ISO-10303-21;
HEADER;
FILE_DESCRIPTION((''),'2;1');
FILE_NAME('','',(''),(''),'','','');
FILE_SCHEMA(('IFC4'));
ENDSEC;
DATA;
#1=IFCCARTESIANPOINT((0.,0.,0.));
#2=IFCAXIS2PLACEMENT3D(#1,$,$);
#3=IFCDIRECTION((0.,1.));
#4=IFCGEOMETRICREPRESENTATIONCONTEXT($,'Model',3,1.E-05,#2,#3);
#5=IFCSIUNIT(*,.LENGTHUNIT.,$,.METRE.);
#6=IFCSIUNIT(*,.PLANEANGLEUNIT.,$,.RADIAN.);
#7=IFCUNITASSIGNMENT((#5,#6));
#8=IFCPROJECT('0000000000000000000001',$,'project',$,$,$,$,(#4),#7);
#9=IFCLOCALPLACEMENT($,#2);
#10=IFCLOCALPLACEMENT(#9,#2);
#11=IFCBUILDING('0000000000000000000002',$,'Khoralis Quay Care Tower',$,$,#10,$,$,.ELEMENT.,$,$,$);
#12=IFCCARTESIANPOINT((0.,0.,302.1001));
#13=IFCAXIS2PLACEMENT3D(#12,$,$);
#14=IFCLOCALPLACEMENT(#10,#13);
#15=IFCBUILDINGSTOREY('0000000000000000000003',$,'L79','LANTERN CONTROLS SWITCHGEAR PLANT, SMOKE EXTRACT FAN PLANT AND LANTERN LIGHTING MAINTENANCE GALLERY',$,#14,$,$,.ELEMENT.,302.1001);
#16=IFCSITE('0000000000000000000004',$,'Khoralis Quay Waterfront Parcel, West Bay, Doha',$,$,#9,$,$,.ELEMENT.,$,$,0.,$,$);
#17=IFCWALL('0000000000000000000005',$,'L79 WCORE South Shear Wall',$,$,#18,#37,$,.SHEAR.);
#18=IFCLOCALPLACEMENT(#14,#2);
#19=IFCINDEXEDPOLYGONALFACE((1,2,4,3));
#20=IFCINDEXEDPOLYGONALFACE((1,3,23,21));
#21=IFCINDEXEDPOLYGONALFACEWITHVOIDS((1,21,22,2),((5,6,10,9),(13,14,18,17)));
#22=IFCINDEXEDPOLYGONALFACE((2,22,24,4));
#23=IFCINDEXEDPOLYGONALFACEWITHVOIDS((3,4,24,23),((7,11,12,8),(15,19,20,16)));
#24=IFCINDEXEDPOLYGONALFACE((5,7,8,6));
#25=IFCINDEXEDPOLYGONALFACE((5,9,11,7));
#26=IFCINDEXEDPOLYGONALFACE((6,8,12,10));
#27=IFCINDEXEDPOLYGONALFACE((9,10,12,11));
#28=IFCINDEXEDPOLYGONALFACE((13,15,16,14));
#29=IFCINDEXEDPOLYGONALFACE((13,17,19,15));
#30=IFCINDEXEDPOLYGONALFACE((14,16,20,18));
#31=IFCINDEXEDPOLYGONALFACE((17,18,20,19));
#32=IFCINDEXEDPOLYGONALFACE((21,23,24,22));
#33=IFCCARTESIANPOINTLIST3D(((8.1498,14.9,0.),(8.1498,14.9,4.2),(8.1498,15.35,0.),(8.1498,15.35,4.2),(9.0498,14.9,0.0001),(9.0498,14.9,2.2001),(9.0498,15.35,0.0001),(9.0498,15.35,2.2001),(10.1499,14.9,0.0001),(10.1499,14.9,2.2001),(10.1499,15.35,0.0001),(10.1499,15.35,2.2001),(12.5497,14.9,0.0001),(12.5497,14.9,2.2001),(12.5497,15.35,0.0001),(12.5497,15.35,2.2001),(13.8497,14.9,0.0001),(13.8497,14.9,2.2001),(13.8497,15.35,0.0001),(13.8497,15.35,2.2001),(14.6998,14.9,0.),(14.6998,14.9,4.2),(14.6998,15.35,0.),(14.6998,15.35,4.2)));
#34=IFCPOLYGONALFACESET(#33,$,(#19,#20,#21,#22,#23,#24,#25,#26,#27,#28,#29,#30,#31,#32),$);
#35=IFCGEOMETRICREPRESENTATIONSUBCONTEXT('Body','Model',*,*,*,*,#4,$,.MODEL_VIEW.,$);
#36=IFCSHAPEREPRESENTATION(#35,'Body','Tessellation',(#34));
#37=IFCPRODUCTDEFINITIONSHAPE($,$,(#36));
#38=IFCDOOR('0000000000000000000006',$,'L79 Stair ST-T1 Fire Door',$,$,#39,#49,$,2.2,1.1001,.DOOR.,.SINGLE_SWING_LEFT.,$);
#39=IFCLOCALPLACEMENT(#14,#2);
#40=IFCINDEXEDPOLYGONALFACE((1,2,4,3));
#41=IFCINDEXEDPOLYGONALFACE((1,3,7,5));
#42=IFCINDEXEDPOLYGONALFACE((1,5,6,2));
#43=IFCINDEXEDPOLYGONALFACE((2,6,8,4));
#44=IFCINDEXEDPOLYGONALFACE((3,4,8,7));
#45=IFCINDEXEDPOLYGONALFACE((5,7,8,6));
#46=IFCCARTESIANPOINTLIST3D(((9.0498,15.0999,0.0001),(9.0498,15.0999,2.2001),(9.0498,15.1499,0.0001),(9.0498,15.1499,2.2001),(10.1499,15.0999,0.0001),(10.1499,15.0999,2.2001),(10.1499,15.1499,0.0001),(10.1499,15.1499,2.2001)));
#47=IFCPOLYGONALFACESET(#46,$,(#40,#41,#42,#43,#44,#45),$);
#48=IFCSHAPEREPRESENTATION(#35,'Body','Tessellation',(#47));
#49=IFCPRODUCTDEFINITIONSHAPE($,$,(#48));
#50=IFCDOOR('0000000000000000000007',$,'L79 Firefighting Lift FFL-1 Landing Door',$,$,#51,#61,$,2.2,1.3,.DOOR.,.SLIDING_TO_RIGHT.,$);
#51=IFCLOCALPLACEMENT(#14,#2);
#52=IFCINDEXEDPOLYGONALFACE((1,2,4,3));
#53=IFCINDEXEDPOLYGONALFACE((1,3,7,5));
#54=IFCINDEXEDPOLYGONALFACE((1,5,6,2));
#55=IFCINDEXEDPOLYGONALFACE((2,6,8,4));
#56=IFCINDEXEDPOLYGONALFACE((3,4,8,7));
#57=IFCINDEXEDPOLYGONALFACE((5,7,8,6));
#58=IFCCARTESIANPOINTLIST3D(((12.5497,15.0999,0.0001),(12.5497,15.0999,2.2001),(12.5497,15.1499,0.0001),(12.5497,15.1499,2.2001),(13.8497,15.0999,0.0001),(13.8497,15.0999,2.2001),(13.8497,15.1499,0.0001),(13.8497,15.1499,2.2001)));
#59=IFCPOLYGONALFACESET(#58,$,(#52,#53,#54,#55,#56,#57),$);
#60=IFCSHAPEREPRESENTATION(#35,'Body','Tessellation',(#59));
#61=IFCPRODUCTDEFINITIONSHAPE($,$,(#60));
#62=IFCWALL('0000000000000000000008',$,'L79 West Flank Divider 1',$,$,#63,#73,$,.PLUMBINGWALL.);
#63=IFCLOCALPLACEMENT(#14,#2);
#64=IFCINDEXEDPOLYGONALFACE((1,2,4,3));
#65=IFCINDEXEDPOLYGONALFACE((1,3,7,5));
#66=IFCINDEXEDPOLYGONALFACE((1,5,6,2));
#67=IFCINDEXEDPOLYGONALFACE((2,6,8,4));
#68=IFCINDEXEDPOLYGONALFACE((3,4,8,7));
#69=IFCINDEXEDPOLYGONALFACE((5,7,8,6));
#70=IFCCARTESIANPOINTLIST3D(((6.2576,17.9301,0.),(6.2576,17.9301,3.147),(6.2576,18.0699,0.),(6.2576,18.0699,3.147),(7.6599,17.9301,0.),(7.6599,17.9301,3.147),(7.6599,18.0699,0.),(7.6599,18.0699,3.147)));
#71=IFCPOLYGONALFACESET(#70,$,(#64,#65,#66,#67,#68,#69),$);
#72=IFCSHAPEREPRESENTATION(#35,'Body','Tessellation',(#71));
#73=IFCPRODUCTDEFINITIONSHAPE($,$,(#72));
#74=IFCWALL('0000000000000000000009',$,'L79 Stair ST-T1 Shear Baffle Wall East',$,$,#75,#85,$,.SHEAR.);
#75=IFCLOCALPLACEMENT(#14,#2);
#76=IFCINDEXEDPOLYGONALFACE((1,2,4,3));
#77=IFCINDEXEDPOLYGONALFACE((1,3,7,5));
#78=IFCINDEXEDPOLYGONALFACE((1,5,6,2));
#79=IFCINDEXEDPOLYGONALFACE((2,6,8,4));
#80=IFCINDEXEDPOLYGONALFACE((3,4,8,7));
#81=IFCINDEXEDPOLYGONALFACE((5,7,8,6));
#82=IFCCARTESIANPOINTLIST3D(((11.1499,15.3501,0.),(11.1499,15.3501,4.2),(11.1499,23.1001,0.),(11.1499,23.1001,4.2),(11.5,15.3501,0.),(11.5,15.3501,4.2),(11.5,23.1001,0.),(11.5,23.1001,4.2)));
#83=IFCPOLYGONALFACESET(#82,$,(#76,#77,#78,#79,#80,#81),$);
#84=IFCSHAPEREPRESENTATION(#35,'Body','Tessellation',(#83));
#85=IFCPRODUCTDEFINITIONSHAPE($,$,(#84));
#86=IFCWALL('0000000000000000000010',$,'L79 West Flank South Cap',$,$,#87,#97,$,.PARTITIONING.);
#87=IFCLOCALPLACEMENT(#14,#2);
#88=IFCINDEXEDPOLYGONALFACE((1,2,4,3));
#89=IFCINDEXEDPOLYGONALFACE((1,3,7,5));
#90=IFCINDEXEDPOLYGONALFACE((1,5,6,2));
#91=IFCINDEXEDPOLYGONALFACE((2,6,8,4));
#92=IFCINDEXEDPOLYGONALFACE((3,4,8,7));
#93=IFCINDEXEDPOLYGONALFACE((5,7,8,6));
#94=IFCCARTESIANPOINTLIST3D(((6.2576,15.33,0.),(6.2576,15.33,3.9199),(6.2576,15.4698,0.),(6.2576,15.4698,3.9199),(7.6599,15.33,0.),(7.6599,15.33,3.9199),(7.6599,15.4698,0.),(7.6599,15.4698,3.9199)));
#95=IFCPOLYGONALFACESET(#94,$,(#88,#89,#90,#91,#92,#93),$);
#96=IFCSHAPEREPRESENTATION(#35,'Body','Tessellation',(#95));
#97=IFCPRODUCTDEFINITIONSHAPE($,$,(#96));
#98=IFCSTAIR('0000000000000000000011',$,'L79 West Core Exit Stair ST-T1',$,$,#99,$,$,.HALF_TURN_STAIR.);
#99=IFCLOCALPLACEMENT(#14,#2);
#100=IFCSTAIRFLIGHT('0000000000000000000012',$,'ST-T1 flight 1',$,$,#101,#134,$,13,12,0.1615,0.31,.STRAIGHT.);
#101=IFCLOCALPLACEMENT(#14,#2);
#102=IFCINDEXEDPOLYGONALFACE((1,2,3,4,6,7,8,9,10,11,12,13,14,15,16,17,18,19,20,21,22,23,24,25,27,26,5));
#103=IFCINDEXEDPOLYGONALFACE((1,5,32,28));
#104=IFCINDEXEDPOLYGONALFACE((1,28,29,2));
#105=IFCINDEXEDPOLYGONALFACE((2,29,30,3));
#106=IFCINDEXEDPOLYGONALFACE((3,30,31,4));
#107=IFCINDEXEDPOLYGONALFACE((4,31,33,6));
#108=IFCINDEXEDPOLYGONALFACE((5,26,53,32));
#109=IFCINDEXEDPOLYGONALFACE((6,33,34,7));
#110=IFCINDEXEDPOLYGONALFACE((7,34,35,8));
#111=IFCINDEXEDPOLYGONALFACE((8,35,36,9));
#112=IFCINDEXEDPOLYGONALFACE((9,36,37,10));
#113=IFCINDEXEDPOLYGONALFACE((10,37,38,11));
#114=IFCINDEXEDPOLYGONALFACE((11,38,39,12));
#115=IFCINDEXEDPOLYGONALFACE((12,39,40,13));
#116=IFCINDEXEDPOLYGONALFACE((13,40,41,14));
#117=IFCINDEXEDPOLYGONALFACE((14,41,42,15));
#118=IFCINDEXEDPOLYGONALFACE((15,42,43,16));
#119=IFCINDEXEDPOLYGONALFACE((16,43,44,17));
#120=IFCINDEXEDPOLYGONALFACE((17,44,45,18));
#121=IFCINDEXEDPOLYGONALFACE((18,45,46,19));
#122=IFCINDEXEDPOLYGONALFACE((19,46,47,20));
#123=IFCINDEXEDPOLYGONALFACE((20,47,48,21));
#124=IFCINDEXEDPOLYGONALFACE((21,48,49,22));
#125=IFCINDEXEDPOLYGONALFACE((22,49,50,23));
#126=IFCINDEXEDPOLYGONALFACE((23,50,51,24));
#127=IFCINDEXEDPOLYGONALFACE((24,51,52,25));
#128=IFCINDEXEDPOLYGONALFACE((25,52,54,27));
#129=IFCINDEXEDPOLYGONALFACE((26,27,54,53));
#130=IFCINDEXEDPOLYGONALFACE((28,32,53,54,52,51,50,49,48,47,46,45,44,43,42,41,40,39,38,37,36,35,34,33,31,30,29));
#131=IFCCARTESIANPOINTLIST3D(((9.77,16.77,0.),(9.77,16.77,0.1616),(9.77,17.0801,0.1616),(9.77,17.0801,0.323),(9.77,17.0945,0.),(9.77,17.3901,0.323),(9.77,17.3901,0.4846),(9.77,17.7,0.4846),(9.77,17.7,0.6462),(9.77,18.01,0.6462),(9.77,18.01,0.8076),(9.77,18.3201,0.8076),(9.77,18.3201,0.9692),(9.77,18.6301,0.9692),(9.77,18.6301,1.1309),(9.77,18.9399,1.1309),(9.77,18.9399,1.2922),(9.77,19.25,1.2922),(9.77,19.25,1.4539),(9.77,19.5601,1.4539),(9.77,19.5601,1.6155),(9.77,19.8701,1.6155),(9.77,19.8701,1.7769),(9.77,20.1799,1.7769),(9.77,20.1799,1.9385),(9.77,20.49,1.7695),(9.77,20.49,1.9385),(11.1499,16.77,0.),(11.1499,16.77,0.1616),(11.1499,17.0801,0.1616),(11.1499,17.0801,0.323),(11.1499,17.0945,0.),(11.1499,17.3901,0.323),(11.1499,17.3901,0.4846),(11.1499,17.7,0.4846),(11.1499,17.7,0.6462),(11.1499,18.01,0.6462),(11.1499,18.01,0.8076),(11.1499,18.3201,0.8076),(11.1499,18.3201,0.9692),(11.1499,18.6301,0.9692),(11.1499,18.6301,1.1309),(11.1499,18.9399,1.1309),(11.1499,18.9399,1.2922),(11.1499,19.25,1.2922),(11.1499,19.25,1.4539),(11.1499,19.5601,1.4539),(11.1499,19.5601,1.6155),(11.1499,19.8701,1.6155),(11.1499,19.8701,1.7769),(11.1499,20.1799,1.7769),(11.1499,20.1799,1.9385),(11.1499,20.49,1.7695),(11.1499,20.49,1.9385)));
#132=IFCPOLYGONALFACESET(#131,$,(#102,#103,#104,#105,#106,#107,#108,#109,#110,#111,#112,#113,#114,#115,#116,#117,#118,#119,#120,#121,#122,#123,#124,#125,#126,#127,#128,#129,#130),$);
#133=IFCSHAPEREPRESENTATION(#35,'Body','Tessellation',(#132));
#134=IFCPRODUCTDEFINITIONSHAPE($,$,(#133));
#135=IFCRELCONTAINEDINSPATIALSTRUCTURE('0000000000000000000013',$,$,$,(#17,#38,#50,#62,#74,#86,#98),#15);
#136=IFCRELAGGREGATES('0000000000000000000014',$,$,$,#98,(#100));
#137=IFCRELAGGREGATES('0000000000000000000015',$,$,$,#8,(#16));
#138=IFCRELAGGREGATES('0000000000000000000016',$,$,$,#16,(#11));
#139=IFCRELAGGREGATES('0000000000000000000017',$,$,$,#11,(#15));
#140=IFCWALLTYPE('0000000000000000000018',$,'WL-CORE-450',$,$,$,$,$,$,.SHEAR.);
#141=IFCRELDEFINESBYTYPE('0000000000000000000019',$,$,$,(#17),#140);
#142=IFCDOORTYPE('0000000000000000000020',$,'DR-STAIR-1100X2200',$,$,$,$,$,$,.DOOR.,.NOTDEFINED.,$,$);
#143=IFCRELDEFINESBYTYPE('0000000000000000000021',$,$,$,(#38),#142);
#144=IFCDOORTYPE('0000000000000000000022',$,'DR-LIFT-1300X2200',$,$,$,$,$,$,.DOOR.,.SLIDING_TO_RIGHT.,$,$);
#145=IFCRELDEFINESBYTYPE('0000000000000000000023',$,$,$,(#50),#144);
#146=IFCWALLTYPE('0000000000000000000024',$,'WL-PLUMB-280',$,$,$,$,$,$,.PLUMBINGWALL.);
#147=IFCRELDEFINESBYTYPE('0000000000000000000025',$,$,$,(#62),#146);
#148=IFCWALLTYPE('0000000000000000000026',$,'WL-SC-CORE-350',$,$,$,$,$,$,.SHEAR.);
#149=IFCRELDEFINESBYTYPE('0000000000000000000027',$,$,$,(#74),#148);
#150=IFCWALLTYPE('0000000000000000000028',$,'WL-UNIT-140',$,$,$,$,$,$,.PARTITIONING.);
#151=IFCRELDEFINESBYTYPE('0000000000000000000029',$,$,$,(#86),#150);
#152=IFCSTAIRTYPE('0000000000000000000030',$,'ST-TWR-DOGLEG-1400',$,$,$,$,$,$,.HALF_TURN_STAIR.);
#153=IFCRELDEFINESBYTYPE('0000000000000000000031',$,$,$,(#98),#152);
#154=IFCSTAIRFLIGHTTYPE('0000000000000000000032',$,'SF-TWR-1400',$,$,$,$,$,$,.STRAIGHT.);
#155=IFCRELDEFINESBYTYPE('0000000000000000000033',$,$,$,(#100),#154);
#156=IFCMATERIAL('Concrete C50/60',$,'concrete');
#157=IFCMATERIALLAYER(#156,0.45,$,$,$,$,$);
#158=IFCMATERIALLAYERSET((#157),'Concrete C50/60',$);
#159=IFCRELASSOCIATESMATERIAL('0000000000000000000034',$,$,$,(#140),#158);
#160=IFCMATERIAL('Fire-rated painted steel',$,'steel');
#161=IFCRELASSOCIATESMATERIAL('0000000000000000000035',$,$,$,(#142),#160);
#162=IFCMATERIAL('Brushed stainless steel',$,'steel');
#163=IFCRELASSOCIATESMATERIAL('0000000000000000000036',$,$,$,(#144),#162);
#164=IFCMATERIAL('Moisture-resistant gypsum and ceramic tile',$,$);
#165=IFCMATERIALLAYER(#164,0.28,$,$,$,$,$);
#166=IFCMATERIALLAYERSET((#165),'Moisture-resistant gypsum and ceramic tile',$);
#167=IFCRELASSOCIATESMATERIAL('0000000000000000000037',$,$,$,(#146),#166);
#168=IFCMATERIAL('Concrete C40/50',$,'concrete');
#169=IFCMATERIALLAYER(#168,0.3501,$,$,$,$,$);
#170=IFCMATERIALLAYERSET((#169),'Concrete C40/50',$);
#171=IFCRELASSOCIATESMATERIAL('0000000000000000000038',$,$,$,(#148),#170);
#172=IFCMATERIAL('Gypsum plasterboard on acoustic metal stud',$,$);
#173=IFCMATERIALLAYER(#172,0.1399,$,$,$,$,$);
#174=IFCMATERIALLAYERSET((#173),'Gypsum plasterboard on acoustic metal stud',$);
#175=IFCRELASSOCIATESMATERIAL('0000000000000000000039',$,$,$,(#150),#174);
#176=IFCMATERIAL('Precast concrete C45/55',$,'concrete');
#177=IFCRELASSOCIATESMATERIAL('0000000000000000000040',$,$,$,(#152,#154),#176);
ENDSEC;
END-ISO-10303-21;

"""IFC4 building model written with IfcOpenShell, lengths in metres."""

from ifc_helpers import new_model, si_unit, direction, frame, frame_2d, origin, place, context, subcontext, project, spatial, polyline, rectangle, outline, extrude, source, transform, mapped, material, layer, layer_set, type_object, element, fill, aggregate, save


model = new_model("IFC4")

# Units and contexts
model_context = context("Model", 3, precision=1e-05, world=origin(), true_north=direction((0.0, 1.0)))
body_context = subcontext(model_context, "Body", "Model", "MODEL_VIEW")
ifc_project = project(units=[si_unit("LENGTHUNIT", "METRE"), si_unit("PLANEANGLEUNIT", "RADIAN")], contexts=[model_context])

# Site, building, storey
site_placement = place(None, origin())
site = spatial("IfcSite", under=ifc_project, at=site_placement, Name="Khoralis Quay Waterfront Parcel, West Bay, Doha", CompositionType="ELEMENT", RefElevation=0.0)
building_placement = place(site_placement, origin())
building = spatial("IfcBuilding", under=site, at=building_placement, Name="Khoralis Quay Care Tower", CompositionType="ELEMENT")
storey_placement = place(building_placement, frame((0.0, 0.0, 302.1001)))
storey = spatial("IfcBuildingStorey", under=building, at=storey_placement, Name="L79", Description="LANTERN CONTROLS SWITCHGEAR PLANT, SMOKE EXTRACT FAN PLANT AND LANTERN LIGHTING MAINTENANCE GALLERY", CompositionType="ELEMENT", Elevation=302.1001)

# Shared definitions
ifc_material_1 = material(Name="Gypsum plasterboard on acoustic metal stud")
ifc_material_2 = material(Name="Fire-rated painted steel", Category="steel")

# Shared definitions
ifc_material_3 = material(Name="Concrete C50/60", Category="concrete")
ifc_layer_1 = layer(ifc_material_3, 0.45)
ifc_layer_set_1 = layer_set([ifc_layer_1], Name="Concrete C50/60")
wall_type_1 = type_object("IfcWallType", Name="WL-CORE-450", PredefinedType="SHEAR", material=ifc_layer_set_1)

# Wall, openings, doors
wall_1_placement = place(storey_placement, frame((8.1499, 15.125, 0.0), z_axis=(0.0, 0.0, 1.0), x_axis=(1.0, 0.0, 0.0)))
wall_1 = element("IfcWall", 1, at=wall_1_placement, inside=storey, type_object=wall_type_1, Name="L79 WCORE South Shear Wall", PredefinedType="SHEAR", context=body_context, shape_type="SweptSolid", body=[
    extrude(rectangle(XDim=6.55, YDim=0.45, at=frame_2d((3.2749, 0.0))), origin(), (0.0, 0.0, 1.0), 4.2),
])
opening_1_placement = place(wall_1_placement, frame((0.8999, 0.0, 0.0)))
opening_1 = element("IfcOpeningElement", 2, at=opening_1_placement, cuts=wall_1, PredefinedType="OPENING", context=body_context, shape_type="SweptSolid", body=[
    extrude(rectangle(XDim=1.1001, YDim=2.2, at=frame_2d((0.55, 1.1001))), frame((0.0, 0.2349, 0.0), z_axis=(0.0, -1.0, 0.0), x_axis=(1.0, 0.0, 0.0)), (0.0, 0.0, 1.0), 0.47),
])
opening_2_placement = place(wall_1_placement, frame((4.3999, 0.0, 0.0)))
opening_2 = element("IfcOpeningElement", 3, at=opening_2_placement, cuts=wall_1, PredefinedType="OPENING", context=body_context, shape_type="SweptSolid", body=[
    extrude(rectangle(XDim=1.3, YDim=2.2, at=frame_2d((0.6499, 1.1001))), frame((0.0, 0.2349, 0.0), z_axis=(0.0, -1.0, 0.0), x_axis=(1.0, 0.0, 0.0)), (0.0, 0.0, 1.0), 0.47),
])
door_type_1 = type_object("IfcDoorType", Name="DR-STAIR-1100X2200", OperationType="NOTDEFINED", PredefinedType="DOOR", material=ifc_material_2)
shared_shape_1 = source(origin(), body_context, "Body", "SweptSolid", [
    extrude(rectangle(XDim=1.1001, YDim=2.2, at=frame_2d((0.55, 1.1001))), frame((0.0, 0.0249, 0.0), z_axis=(0.0, -1.0, 0.0), x_axis=(1.0, 0.0, 0.0)), (0.0, 0.0, 1.0), 0.05),
])
door_1_placement = place(opening_1_placement, origin())
door_1 = element("IfcDoor", 4, at=door_1_placement, inside=storey, type_object=door_type_1, Name="L79 Stair ST-T1 Fire Door", OperationType="SINGLE_SWING_LEFT", OverallHeight=2.2, OverallWidth=1.1001, PredefinedType="DOOR", context=body_context, shape_type="MappedRepresentation", body=[
    mapped(shared_shape_1, transform((0.0, 0.0, 0.0), scale=1.0)),
])
fill(opening_1, door_1)
ifc_material_4 = material(Name="Brushed stainless steel", Category="steel")
door_type_2 = type_object("IfcDoorType", Name="DR-LIFT-1300X2200", OperationType="SLIDING_TO_RIGHT", PredefinedType="DOOR", material=ifc_material_4)
shared_shape_2 = source(origin(), body_context, "Body", "SweptSolid", [
    extrude(rectangle(XDim=1.3, YDim=2.2, at=frame_2d((0.6499, 1.1001))), frame((0.0, 0.0249, 0.0), z_axis=(0.0, -1.0, 0.0), x_axis=(1.0, 0.0, 0.0)), (0.0, 0.0, 1.0), 0.05),
])
door_2_placement = place(opening_2_placement, origin())
door_2 = element("IfcDoor", 5, at=door_2_placement, inside=storey, type_object=door_type_2, Name="L79 Firefighting Lift FFL-1 Landing Door", OperationType="SLIDING_TO_RIGHT", OverallHeight=2.2, OverallWidth=1.3, PredefinedType="DOOR", context=body_context, shape_type="MappedRepresentation", body=[
    mapped(shared_shape_2, transform((0.0, 0.0, 0.0), scale=1.0)),
])
fill(opening_2, door_2)

# Walls
ifc_material_5 = material(Name="Moisture-resistant gypsum and ceramic tile")
ifc_layer_2 = layer(ifc_material_5, 0.28)
ifc_layer_set_2 = layer_set([ifc_layer_2], Name="Moisture-resistant gypsum and ceramic tile")
wall_type_2 = type_object("IfcWallType", Name="WL-PLUMB-280", PredefinedType="PLUMBINGWALL", material=ifc_layer_set_2)
wall_2_placement = place(storey_placement, frame((6.2576, 18.0, 0.0), z_axis=(0.0, 0.0, 1.0), x_axis=(1.0, 0.0, 0.0)))
element("IfcWall", 6, at=wall_2_placement, inside=storey, type_object=wall_type_2, Name="L79 West Flank Divider 1", PredefinedType="PLUMBINGWALL", context=body_context, shape_type="SweptSolid", body=[
    extrude(rectangle(XDim=1.4023, YDim=0.1399, at=frame_2d((0.7012, 0.0))), origin(), (0.0, 0.0, 1.0), 3.147),
])
ifc_material_6 = material(Name="Concrete C40/50", Category="concrete")
ifc_layer_3 = layer(ifc_material_6, 0.3501)
ifc_layer_set_3 = layer_set([ifc_layer_3], Name="Concrete C40/50")
wall_type_3 = type_object("IfcWallType", Name="WL-SC-CORE-350", PredefinedType="SHEAR", material=ifc_layer_set_3)
wall_3_placement = place(storey_placement, frame((11.325, 15.3501, 0.0), z_axis=(0.0, 0.0, 1.0), x_axis=(0.0, 1.0, 0.0)))
element("IfcWall", 7, at=wall_3_placement, inside=storey, type_object=wall_type_3, Name="L79 Stair ST-T1 Shear Baffle Wall East", PredefinedType="SHEAR", context=body_context, shape_type="SweptSolid", body=[
    extrude(rectangle(XDim=7.75, YDim=0.3501, at=frame_2d((3.875, 0.0))), origin(), (0.0, 0.0, 1.0), 4.2),
])
ifc_layer_4 = layer(ifc_material_1, 0.1399)
ifc_layer_set_4 = layer_set([ifc_layer_4], Name="Gypsum plasterboard on acoustic metal stud")
wall_type_4 = type_object("IfcWallType", Name="WL-UNIT-140", PredefinedType="PARTITIONING", material=ifc_layer_set_4)
wall_4_placement = place(storey_placement, frame((6.2576, 15.3999, 0.0), z_axis=(0.0, 0.0, 1.0), x_axis=(1.0, 0.0, 0.0)))
element("IfcWall", 8, at=wall_4_placement, inside=storey, type_object=wall_type_4, Name="L79 West Flank South Cap", PredefinedType="PARTITIONING", context=body_context, shape_type="SweptSolid", body=[
    extrude(rectangle(XDim=1.4023, YDim=0.1399, at=frame_2d((0.7012, 0.0))), origin(), (0.0, 0.0, 1.0), 3.9199),
])

# Stair, stair flight
ifc_material_7 = material(Name="Precast concrete C45/55", Category="concrete")
stair_type = type_object("IfcStairType", Name="ST-TWR-DOGLEG-1400", PredefinedType="HALF_TURN_STAIR", material=ifc_material_7)
stair_placement = place(storey_placement, origin())
stair = element("IfcStair", 9, at=stair_placement, inside=storey, type_object=stair_type, Name="L79 West Core Exit Stair ST-T1", PredefinedType="HALF_TURN_STAIR")
stair_flight_type = type_object("IfcStairFlightType", Name="SF-TWR-1400", PredefinedType="STRAIGHT", material=ifc_material_7)
shared_shape_3 = source(origin(), body_context, "Body", "SweptSolid", [
    extrude(outline(polyline([(0.0, 0.0), (0.0, 0.1616), (0.3101, 0.1616), (0.3101, 0.323), (0.6201, 0.323), (0.6201, 0.4846), (0.9299, 0.4846), (0.9299, 0.6462), (1.24, 0.6462), (1.24, 0.8076), (1.55, 0.8076), (1.55, 0.9692), (1.8601, 0.9692), (1.8601, 1.1309), (2.1699, 1.1309), (2.1699, 1.2922), (2.48, 1.2922), (2.48, 1.4539), (2.79, 1.4539), (2.79, 1.6155), (3.1001, 1.6155), (3.1001, 1.7769), (3.4099, 1.7769), (3.4099, 1.9385), (3.72, 1.9385), (3.72, 2.1001), (3.72, 1.7695), (0.3245, 0.0), (0.0, 0.0)])), frame((0.0, 0.6899, 0.0), z_axis=(0.0, -1.0, 0.0), x_axis=(1.0, 0.0, 0.0)), (0.0, 0.0, 1.0), 1.3799),
])
stair_flight_placement = place(storey_placement, frame((10.46, 16.77, 0.0), z_axis=(0.0, 0.0, 1.0), x_axis=(0.0, 1.0, 0.0)))
stair_flight = element("IfcStairFlight", 10, at=stair_flight_placement, type_object=stair_flight_type, Name="ST-T1 flight 1", NumberOfRisers=13, NumberOfTreads=12, PredefinedType="STRAIGHT", RiserHeight=0.1615, TreadLength=0.31, context=body_context, shape_type="MappedRepresentation", body=[
    mapped(shared_shape_3, transform((0.0, 0.0, 0.0), scale=1.0)),
])
aggregate(stair, [stair_flight])

save(model, "model.ifc")
